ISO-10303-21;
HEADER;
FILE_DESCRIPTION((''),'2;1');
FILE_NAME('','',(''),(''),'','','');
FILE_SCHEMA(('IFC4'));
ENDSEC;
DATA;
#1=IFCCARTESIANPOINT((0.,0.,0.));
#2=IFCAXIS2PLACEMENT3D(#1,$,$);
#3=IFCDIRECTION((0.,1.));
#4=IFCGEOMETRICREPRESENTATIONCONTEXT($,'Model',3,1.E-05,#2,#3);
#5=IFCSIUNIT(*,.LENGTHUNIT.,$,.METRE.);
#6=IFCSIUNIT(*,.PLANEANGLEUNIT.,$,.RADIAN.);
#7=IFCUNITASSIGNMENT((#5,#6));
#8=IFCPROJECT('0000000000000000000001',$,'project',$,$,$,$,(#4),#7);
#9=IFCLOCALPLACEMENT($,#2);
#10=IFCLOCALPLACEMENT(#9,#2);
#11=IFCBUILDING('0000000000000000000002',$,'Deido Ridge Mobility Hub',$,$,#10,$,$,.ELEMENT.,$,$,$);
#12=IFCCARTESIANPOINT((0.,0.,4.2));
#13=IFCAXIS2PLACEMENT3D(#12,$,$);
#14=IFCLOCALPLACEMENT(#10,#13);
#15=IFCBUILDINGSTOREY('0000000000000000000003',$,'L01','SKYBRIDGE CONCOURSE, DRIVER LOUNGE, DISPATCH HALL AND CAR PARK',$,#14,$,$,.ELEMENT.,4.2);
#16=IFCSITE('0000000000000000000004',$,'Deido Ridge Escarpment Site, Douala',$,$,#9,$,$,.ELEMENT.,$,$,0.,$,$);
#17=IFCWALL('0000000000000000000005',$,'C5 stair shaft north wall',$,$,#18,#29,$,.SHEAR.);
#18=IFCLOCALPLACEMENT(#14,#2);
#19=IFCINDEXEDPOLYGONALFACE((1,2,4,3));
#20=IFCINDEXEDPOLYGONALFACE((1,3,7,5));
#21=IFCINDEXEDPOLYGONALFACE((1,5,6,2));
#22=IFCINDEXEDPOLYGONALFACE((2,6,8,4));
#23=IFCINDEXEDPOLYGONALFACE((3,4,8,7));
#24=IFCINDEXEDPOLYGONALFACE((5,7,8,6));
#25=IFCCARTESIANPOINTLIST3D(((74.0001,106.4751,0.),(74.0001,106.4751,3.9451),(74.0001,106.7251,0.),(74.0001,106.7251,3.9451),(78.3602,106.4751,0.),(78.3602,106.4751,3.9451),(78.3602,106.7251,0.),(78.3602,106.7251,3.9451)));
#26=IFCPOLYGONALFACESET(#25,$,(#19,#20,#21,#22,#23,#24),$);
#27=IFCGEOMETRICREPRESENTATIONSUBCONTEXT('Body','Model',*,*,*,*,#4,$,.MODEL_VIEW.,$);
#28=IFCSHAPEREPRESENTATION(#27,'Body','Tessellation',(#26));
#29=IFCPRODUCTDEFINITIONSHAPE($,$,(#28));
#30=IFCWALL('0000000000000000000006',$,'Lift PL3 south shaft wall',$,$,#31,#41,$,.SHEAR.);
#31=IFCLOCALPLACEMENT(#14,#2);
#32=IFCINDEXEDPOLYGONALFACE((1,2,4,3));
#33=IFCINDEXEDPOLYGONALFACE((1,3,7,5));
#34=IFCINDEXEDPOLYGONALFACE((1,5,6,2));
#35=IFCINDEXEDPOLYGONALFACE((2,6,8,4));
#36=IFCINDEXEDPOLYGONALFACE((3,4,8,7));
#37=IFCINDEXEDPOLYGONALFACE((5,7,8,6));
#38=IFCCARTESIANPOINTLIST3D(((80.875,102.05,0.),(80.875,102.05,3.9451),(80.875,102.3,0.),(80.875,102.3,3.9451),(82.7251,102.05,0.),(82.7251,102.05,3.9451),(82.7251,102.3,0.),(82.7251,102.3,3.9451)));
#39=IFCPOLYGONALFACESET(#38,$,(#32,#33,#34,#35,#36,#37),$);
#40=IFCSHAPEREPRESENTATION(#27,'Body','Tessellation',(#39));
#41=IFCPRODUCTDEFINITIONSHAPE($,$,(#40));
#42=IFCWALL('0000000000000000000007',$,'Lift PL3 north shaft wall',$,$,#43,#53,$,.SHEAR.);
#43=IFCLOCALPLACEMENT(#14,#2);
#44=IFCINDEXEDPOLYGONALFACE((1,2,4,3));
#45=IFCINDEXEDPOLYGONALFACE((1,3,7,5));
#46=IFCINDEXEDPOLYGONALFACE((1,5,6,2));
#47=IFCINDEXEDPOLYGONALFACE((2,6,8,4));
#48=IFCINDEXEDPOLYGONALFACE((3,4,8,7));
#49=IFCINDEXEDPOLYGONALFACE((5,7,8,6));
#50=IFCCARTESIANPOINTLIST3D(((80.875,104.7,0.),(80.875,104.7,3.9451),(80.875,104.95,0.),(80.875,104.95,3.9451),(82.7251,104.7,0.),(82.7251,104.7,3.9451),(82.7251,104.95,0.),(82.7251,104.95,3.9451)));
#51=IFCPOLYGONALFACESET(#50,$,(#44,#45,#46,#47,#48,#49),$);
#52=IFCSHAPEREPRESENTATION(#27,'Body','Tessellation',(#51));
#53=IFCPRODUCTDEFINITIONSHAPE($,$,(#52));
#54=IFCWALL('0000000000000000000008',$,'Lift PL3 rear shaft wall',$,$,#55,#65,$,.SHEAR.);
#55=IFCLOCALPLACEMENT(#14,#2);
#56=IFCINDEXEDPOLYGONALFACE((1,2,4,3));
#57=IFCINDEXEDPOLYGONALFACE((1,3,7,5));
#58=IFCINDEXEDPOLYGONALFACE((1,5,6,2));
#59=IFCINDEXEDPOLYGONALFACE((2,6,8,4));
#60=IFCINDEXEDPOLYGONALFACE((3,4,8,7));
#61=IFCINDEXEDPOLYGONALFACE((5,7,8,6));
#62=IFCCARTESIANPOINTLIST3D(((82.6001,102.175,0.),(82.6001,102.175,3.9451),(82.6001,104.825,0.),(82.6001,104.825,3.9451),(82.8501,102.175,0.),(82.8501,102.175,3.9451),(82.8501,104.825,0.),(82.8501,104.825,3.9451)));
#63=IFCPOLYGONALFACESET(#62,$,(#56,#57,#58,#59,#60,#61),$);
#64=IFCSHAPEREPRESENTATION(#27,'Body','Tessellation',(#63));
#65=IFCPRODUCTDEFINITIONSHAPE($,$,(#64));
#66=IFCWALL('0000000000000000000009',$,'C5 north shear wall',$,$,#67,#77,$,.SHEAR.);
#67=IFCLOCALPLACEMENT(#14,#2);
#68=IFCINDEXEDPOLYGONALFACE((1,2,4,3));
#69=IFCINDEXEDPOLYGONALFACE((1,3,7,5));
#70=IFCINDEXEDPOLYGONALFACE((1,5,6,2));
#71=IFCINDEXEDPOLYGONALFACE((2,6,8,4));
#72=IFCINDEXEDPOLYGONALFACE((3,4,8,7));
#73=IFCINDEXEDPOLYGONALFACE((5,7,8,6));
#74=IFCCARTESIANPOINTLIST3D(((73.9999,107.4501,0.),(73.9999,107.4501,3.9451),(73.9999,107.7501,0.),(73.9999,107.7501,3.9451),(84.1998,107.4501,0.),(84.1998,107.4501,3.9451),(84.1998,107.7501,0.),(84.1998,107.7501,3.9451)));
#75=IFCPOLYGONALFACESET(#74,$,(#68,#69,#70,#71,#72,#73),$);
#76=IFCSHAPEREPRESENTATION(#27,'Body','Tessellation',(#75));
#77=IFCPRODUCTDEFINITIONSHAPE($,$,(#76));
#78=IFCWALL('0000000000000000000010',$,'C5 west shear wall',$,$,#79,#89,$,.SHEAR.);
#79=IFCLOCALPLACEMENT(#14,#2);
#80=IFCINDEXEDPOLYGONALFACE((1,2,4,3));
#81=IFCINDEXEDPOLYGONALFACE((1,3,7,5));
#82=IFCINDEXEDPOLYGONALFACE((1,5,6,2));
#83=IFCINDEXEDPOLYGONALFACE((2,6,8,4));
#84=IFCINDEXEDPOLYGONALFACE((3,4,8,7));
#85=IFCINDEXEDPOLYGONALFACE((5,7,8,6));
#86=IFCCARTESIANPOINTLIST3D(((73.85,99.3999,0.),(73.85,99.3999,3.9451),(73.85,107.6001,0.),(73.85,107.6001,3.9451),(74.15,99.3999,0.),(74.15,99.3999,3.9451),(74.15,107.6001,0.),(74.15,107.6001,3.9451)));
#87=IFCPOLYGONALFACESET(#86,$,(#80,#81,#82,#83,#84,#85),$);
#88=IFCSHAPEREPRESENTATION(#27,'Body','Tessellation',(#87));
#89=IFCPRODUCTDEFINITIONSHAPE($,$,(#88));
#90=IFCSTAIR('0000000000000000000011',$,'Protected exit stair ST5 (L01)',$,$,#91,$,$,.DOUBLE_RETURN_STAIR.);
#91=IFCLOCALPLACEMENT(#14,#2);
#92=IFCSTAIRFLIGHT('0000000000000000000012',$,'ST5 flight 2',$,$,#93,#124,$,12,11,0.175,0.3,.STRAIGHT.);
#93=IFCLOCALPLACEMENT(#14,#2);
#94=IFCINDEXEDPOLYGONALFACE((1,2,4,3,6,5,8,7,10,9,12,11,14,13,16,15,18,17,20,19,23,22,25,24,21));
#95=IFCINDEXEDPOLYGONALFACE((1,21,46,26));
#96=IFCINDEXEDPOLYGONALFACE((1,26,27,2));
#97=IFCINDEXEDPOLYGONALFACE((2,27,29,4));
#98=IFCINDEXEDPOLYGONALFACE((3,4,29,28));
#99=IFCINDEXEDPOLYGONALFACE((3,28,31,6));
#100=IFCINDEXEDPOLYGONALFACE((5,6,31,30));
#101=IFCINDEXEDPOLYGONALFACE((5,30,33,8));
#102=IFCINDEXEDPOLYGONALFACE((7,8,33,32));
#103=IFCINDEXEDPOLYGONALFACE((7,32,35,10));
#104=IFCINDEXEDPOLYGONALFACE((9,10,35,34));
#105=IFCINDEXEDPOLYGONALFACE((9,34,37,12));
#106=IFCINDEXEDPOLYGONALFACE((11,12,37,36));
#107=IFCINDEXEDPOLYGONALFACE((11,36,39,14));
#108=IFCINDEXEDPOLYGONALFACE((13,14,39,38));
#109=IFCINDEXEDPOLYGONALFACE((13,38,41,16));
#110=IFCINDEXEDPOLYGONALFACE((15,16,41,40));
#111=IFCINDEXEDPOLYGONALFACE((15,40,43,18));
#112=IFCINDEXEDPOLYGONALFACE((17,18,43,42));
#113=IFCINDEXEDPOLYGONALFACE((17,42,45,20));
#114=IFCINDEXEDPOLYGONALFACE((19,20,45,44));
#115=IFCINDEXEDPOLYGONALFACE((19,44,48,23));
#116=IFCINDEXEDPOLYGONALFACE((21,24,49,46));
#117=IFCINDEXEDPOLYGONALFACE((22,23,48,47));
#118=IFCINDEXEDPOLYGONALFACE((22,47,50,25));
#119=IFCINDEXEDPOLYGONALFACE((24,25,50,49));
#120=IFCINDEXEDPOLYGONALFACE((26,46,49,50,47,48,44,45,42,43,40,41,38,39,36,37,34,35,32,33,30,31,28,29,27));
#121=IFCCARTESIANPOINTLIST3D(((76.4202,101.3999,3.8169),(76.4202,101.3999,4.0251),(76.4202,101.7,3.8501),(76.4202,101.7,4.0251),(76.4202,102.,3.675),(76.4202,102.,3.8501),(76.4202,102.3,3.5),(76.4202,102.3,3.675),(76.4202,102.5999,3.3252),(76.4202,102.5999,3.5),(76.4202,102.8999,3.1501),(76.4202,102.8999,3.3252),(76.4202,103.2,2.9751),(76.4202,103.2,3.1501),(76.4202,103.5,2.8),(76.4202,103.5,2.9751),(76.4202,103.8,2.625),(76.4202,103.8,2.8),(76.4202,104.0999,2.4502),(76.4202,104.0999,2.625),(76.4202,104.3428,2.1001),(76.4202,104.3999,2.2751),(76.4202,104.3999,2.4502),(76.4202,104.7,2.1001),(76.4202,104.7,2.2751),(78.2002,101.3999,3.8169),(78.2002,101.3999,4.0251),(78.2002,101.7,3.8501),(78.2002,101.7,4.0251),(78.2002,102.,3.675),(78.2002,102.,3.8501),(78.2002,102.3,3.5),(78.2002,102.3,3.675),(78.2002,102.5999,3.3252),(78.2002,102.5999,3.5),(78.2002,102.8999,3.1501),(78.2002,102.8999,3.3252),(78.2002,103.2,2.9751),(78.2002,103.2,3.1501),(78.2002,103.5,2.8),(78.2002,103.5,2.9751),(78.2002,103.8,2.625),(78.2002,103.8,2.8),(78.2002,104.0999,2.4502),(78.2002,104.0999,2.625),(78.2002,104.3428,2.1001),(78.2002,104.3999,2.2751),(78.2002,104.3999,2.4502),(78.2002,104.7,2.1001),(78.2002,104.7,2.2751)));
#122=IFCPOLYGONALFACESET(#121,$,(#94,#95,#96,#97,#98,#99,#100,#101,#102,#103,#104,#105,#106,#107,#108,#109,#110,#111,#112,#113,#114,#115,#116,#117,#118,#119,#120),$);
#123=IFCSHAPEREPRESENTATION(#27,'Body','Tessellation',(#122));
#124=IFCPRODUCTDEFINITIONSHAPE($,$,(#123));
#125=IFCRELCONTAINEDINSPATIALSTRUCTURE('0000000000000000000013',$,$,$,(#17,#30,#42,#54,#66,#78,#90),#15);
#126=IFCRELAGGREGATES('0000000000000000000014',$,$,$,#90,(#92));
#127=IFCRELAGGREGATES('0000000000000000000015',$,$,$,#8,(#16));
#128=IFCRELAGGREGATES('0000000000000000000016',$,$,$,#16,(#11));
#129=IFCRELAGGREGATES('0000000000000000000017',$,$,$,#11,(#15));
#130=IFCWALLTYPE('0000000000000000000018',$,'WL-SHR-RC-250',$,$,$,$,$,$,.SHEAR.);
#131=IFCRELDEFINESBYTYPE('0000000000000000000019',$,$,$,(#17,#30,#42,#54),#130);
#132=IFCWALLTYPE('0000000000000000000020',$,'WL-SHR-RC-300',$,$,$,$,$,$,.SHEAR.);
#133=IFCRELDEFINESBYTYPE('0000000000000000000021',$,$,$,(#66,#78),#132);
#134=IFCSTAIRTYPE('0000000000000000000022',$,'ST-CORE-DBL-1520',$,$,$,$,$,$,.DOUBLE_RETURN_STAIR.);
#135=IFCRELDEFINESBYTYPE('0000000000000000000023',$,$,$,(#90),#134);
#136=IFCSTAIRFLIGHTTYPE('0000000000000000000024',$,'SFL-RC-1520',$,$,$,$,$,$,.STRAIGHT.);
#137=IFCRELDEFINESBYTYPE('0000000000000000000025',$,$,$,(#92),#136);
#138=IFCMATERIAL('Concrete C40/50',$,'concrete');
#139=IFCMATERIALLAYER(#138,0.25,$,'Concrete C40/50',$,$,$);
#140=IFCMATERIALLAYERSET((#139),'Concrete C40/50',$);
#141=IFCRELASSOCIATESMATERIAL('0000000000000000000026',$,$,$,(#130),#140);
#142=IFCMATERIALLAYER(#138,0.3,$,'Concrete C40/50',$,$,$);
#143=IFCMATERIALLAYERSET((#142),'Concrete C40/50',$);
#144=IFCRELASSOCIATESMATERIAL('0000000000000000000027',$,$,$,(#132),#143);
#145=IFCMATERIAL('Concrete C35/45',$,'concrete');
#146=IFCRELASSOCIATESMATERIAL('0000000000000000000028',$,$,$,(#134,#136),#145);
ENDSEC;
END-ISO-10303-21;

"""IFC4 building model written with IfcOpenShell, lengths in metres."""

from ifc_helpers import new_model, si_unit, direction, frame, frame_2d, origin, place, context, subcontext, project, spatial, polyline, rectangle, outline, extrude, material, layer, layer_set, type_object, element, aggregate, save


model = new_model("IFC4")

# Units and contexts
model_context = context("Model", 3, precision=1e-05, world=origin(), true_north=direction((0.0, 1.0)))
body_context = subcontext(model_context, "Body", "Model", "MODEL_VIEW")
ifc_project = project(units=[si_unit("LENGTHUNIT", "METRE"), si_unit("PLANEANGLEUNIT", "RADIAN")], contexts=[model_context])

# Site, building, storey
site_placement = place(None, origin())
site = spatial("IfcSite", under=ifc_project, at=site_placement, Name="Deido Ridge Escarpment Site, Douala", CompositionType="ELEMENT", RefElevation=0.0)
building_placement = place(site_placement, origin())
building = spatial("IfcBuilding", under=site, at=building_placement, Name="Deido Ridge Mobility Hub", CompositionType="ELEMENT")
storey_placement = place(building_placement, frame((0.0, 0.0, 4.2)))
storey = spatial("IfcBuildingStorey", under=building, at=storey_placement, Name="L01", Description="SKYBRIDGE CONCOURSE, DRIVER LOUNGE, DISPATCH HALL AND CAR PARK", CompositionType="ELEMENT", Elevation=4.2)

# Shared definitions
ifc_material_1 = material(Name="Concrete C40/50", Category="concrete")

# Walls
ifc_layer_1 = layer(ifc_material_1, 0.25, Name="Concrete C40/50")
ifc_layer_set_1 = layer_set([ifc_layer_1], Name="Concrete C40/50")
wall_type_1 = type_object("IfcWallType", Name="WL-SHR-RC-250", PredefinedType="SHEAR", material=ifc_layer_set_1)
wall_1_placement = place(storey_placement, frame((74.0, 106.6001, 0.0), z_axis=(0.0, 0.0, 1.0), x_axis=(1.0, 0.0, 0.0)))
element("IfcWall", 1, at=wall_1_placement, inside=storey, type_object=wall_type_1, Name="C5 stair shaft north wall", PredefinedType="SHEAR", context=body_context, shape_type="SweptSolid", body=[
    extrude(rectangle(XDim=4.3601, YDim=0.25, at=frame_2d((2.1802, 0.0))), origin(), (0.0, 0.0, 1.0), 3.9451),
])
for number, where, z_axis, x_axis, name in (
    (2, (80.875, 102.175, 0.0), (0.0, 0.0, 1.0), (1.0, 0.0, 0.0), "Lift PL3 south shaft wall"),
    (3, (80.875, 104.825, 0.0), (0.0, 0.0, 1.0), (1.0, 0.0, 0.0), "Lift PL3 north shaft wall"),
):
    element("IfcWall", number, at=place(storey_placement, frame(where, z_axis=z_axis, x_axis=x_axis)), inside=storey, type_object=wall_type_1, Name=name, PredefinedType="SHEAR", context=body_context, shape_type="SweptSolid", body=[
        extrude(rectangle(XDim=1.8501, YDim=0.25, at=frame_2d((0.925, 0.0))), origin(), (0.0, 0.0, 1.0), 3.9451),
    ])
wall_2_placement = place(storey_placement, frame((82.7251, 102.175, 0.0), z_axis=(0.0, 0.0, 1.0), x_axis=(0.0, 1.0, 0.0)))
element("IfcWall", 4, at=wall_2_placement, inside=storey, type_object=wall_type_1, Name="Lift PL3 rear shaft wall", PredefinedType="SHEAR", context=body_context, shape_type="SweptSolid", body=[
    extrude(rectangle(XDim=2.6499, YDim=0.25, at=frame_2d((1.325, 0.0))), origin(), (0.0, 0.0, 1.0), 3.9451),
])

# Walls
ifc_layer_2 = layer(ifc_material_1, 0.3, Name="Concrete C40/50")
ifc_layer_set_2 = layer_set([ifc_layer_2], Name="Concrete C40/50")
wall_type_2 = type_object("IfcWallType", Name="WL-SHR-RC-300", PredefinedType="SHEAR", material=ifc_layer_set_2)
wall_3_placement = place(storey_placement, frame((84.2, 107.6001, 0.0), z_axis=(0.0, 0.0, 1.0), x_axis=(-1.0, 0.0, 0.0)))
element("IfcWall", 5, at=wall_3_placement, inside=storey, type_object=wall_type_2, Name="C5 north shear wall", PredefinedType="SHEAR", context=body_context, shape_type="SweptSolid", body=[
    extrude(rectangle(XDim=10.2, YDim=0.3, at=frame_2d((5.1001, 0.0))), origin(), (0.0, 0.0, 1.0), 3.9451),
])
wall_4_placement = place(storey_placement, frame((74.0, 107.6001, 0.0), z_axis=(0.0, 0.0, 1.0), x_axis=(0.0, -1.0, 0.0)))
element("IfcWall", 6, at=wall_4_placement, inside=storey, type_object=wall_type_2, Name="C5 west shear wall", PredefinedType="SHEAR", context=body_context, shape_type="SweptSolid", body=[
    extrude(rectangle(XDim=8.2002, YDim=0.3, at=frame_2d((4.1001, 0.0))), origin(), (0.0, 0.0, 1.0), 3.9451),
])

# Stair, stair flight
ifc_material_2 = material(Name="Concrete C35/45", Category="concrete")
stair_type = type_object("IfcStairType", Name="ST-CORE-DBL-1520", PredefinedType="DOUBLE_RETURN_STAIR", material=ifc_material_2)
stair_placement = place(storey_placement, origin())
stair = element("IfcStair", 7, at=stair_placement, inside=storey, type_object=stair_type, Name="Protected exit stair ST5 (L01)", PredefinedType="DOUBLE_RETURN_STAIR")
stair_flight_type = type_object("IfcStairFlightType", Name="SFL-RC-1520", PredefinedType="STRAIGHT", material=ifc_material_2)
stair_flight_placement = place(storey_placement, frame((77.3101, 104.7, 2.1001), z_axis=(0.0, 0.0, 1.0), x_axis=(0.0, -1.0, 0.0)))
stair_flight = element("IfcStairFlight", 8, at=stair_flight_placement, type_object=stair_flight_type, Name="ST5 flight 2", NumberOfRisers=12, NumberOfTreads=11, PredefinedType="STRAIGHT", RiserHeight=0.175, TreadLength=0.3, context=body_context, shape_type="SweptSolid", body=[
    extrude(outline(polyline([(0.0, 0.0), (0.0, 0.175), (0.3, 0.175), (0.3, 0.3501), (0.6001, 0.3501), (0.6001, 0.5249), (0.8999, 0.5249), (0.8999, 0.7), (1.2, 0.7), (1.2, 0.875), (1.5, 0.875), (1.5, 1.05), (1.8, 1.05), (1.8, 1.2251), (2.1001, 1.2251), (2.1001, 1.3999), (2.3999, 1.3999), (2.3999, 1.575), (2.7, 1.575), (2.7, 1.75), (3.0, 1.75), (3.0, 1.925), (3.3, 1.925), (3.3, 2.1001), (3.3, 1.7168), (0.3572, 0.0), (0.0, 0.0)])), frame((0.0, 0.8901, 0.0), z_axis=(0.0, -1.0, 0.0), x_axis=(1.0, 0.0, 0.0)), (0.0, 0.0, 1.0), 1.78),
])
aggregate(stair, [stair_flight])

save(model, "model.ifc")
